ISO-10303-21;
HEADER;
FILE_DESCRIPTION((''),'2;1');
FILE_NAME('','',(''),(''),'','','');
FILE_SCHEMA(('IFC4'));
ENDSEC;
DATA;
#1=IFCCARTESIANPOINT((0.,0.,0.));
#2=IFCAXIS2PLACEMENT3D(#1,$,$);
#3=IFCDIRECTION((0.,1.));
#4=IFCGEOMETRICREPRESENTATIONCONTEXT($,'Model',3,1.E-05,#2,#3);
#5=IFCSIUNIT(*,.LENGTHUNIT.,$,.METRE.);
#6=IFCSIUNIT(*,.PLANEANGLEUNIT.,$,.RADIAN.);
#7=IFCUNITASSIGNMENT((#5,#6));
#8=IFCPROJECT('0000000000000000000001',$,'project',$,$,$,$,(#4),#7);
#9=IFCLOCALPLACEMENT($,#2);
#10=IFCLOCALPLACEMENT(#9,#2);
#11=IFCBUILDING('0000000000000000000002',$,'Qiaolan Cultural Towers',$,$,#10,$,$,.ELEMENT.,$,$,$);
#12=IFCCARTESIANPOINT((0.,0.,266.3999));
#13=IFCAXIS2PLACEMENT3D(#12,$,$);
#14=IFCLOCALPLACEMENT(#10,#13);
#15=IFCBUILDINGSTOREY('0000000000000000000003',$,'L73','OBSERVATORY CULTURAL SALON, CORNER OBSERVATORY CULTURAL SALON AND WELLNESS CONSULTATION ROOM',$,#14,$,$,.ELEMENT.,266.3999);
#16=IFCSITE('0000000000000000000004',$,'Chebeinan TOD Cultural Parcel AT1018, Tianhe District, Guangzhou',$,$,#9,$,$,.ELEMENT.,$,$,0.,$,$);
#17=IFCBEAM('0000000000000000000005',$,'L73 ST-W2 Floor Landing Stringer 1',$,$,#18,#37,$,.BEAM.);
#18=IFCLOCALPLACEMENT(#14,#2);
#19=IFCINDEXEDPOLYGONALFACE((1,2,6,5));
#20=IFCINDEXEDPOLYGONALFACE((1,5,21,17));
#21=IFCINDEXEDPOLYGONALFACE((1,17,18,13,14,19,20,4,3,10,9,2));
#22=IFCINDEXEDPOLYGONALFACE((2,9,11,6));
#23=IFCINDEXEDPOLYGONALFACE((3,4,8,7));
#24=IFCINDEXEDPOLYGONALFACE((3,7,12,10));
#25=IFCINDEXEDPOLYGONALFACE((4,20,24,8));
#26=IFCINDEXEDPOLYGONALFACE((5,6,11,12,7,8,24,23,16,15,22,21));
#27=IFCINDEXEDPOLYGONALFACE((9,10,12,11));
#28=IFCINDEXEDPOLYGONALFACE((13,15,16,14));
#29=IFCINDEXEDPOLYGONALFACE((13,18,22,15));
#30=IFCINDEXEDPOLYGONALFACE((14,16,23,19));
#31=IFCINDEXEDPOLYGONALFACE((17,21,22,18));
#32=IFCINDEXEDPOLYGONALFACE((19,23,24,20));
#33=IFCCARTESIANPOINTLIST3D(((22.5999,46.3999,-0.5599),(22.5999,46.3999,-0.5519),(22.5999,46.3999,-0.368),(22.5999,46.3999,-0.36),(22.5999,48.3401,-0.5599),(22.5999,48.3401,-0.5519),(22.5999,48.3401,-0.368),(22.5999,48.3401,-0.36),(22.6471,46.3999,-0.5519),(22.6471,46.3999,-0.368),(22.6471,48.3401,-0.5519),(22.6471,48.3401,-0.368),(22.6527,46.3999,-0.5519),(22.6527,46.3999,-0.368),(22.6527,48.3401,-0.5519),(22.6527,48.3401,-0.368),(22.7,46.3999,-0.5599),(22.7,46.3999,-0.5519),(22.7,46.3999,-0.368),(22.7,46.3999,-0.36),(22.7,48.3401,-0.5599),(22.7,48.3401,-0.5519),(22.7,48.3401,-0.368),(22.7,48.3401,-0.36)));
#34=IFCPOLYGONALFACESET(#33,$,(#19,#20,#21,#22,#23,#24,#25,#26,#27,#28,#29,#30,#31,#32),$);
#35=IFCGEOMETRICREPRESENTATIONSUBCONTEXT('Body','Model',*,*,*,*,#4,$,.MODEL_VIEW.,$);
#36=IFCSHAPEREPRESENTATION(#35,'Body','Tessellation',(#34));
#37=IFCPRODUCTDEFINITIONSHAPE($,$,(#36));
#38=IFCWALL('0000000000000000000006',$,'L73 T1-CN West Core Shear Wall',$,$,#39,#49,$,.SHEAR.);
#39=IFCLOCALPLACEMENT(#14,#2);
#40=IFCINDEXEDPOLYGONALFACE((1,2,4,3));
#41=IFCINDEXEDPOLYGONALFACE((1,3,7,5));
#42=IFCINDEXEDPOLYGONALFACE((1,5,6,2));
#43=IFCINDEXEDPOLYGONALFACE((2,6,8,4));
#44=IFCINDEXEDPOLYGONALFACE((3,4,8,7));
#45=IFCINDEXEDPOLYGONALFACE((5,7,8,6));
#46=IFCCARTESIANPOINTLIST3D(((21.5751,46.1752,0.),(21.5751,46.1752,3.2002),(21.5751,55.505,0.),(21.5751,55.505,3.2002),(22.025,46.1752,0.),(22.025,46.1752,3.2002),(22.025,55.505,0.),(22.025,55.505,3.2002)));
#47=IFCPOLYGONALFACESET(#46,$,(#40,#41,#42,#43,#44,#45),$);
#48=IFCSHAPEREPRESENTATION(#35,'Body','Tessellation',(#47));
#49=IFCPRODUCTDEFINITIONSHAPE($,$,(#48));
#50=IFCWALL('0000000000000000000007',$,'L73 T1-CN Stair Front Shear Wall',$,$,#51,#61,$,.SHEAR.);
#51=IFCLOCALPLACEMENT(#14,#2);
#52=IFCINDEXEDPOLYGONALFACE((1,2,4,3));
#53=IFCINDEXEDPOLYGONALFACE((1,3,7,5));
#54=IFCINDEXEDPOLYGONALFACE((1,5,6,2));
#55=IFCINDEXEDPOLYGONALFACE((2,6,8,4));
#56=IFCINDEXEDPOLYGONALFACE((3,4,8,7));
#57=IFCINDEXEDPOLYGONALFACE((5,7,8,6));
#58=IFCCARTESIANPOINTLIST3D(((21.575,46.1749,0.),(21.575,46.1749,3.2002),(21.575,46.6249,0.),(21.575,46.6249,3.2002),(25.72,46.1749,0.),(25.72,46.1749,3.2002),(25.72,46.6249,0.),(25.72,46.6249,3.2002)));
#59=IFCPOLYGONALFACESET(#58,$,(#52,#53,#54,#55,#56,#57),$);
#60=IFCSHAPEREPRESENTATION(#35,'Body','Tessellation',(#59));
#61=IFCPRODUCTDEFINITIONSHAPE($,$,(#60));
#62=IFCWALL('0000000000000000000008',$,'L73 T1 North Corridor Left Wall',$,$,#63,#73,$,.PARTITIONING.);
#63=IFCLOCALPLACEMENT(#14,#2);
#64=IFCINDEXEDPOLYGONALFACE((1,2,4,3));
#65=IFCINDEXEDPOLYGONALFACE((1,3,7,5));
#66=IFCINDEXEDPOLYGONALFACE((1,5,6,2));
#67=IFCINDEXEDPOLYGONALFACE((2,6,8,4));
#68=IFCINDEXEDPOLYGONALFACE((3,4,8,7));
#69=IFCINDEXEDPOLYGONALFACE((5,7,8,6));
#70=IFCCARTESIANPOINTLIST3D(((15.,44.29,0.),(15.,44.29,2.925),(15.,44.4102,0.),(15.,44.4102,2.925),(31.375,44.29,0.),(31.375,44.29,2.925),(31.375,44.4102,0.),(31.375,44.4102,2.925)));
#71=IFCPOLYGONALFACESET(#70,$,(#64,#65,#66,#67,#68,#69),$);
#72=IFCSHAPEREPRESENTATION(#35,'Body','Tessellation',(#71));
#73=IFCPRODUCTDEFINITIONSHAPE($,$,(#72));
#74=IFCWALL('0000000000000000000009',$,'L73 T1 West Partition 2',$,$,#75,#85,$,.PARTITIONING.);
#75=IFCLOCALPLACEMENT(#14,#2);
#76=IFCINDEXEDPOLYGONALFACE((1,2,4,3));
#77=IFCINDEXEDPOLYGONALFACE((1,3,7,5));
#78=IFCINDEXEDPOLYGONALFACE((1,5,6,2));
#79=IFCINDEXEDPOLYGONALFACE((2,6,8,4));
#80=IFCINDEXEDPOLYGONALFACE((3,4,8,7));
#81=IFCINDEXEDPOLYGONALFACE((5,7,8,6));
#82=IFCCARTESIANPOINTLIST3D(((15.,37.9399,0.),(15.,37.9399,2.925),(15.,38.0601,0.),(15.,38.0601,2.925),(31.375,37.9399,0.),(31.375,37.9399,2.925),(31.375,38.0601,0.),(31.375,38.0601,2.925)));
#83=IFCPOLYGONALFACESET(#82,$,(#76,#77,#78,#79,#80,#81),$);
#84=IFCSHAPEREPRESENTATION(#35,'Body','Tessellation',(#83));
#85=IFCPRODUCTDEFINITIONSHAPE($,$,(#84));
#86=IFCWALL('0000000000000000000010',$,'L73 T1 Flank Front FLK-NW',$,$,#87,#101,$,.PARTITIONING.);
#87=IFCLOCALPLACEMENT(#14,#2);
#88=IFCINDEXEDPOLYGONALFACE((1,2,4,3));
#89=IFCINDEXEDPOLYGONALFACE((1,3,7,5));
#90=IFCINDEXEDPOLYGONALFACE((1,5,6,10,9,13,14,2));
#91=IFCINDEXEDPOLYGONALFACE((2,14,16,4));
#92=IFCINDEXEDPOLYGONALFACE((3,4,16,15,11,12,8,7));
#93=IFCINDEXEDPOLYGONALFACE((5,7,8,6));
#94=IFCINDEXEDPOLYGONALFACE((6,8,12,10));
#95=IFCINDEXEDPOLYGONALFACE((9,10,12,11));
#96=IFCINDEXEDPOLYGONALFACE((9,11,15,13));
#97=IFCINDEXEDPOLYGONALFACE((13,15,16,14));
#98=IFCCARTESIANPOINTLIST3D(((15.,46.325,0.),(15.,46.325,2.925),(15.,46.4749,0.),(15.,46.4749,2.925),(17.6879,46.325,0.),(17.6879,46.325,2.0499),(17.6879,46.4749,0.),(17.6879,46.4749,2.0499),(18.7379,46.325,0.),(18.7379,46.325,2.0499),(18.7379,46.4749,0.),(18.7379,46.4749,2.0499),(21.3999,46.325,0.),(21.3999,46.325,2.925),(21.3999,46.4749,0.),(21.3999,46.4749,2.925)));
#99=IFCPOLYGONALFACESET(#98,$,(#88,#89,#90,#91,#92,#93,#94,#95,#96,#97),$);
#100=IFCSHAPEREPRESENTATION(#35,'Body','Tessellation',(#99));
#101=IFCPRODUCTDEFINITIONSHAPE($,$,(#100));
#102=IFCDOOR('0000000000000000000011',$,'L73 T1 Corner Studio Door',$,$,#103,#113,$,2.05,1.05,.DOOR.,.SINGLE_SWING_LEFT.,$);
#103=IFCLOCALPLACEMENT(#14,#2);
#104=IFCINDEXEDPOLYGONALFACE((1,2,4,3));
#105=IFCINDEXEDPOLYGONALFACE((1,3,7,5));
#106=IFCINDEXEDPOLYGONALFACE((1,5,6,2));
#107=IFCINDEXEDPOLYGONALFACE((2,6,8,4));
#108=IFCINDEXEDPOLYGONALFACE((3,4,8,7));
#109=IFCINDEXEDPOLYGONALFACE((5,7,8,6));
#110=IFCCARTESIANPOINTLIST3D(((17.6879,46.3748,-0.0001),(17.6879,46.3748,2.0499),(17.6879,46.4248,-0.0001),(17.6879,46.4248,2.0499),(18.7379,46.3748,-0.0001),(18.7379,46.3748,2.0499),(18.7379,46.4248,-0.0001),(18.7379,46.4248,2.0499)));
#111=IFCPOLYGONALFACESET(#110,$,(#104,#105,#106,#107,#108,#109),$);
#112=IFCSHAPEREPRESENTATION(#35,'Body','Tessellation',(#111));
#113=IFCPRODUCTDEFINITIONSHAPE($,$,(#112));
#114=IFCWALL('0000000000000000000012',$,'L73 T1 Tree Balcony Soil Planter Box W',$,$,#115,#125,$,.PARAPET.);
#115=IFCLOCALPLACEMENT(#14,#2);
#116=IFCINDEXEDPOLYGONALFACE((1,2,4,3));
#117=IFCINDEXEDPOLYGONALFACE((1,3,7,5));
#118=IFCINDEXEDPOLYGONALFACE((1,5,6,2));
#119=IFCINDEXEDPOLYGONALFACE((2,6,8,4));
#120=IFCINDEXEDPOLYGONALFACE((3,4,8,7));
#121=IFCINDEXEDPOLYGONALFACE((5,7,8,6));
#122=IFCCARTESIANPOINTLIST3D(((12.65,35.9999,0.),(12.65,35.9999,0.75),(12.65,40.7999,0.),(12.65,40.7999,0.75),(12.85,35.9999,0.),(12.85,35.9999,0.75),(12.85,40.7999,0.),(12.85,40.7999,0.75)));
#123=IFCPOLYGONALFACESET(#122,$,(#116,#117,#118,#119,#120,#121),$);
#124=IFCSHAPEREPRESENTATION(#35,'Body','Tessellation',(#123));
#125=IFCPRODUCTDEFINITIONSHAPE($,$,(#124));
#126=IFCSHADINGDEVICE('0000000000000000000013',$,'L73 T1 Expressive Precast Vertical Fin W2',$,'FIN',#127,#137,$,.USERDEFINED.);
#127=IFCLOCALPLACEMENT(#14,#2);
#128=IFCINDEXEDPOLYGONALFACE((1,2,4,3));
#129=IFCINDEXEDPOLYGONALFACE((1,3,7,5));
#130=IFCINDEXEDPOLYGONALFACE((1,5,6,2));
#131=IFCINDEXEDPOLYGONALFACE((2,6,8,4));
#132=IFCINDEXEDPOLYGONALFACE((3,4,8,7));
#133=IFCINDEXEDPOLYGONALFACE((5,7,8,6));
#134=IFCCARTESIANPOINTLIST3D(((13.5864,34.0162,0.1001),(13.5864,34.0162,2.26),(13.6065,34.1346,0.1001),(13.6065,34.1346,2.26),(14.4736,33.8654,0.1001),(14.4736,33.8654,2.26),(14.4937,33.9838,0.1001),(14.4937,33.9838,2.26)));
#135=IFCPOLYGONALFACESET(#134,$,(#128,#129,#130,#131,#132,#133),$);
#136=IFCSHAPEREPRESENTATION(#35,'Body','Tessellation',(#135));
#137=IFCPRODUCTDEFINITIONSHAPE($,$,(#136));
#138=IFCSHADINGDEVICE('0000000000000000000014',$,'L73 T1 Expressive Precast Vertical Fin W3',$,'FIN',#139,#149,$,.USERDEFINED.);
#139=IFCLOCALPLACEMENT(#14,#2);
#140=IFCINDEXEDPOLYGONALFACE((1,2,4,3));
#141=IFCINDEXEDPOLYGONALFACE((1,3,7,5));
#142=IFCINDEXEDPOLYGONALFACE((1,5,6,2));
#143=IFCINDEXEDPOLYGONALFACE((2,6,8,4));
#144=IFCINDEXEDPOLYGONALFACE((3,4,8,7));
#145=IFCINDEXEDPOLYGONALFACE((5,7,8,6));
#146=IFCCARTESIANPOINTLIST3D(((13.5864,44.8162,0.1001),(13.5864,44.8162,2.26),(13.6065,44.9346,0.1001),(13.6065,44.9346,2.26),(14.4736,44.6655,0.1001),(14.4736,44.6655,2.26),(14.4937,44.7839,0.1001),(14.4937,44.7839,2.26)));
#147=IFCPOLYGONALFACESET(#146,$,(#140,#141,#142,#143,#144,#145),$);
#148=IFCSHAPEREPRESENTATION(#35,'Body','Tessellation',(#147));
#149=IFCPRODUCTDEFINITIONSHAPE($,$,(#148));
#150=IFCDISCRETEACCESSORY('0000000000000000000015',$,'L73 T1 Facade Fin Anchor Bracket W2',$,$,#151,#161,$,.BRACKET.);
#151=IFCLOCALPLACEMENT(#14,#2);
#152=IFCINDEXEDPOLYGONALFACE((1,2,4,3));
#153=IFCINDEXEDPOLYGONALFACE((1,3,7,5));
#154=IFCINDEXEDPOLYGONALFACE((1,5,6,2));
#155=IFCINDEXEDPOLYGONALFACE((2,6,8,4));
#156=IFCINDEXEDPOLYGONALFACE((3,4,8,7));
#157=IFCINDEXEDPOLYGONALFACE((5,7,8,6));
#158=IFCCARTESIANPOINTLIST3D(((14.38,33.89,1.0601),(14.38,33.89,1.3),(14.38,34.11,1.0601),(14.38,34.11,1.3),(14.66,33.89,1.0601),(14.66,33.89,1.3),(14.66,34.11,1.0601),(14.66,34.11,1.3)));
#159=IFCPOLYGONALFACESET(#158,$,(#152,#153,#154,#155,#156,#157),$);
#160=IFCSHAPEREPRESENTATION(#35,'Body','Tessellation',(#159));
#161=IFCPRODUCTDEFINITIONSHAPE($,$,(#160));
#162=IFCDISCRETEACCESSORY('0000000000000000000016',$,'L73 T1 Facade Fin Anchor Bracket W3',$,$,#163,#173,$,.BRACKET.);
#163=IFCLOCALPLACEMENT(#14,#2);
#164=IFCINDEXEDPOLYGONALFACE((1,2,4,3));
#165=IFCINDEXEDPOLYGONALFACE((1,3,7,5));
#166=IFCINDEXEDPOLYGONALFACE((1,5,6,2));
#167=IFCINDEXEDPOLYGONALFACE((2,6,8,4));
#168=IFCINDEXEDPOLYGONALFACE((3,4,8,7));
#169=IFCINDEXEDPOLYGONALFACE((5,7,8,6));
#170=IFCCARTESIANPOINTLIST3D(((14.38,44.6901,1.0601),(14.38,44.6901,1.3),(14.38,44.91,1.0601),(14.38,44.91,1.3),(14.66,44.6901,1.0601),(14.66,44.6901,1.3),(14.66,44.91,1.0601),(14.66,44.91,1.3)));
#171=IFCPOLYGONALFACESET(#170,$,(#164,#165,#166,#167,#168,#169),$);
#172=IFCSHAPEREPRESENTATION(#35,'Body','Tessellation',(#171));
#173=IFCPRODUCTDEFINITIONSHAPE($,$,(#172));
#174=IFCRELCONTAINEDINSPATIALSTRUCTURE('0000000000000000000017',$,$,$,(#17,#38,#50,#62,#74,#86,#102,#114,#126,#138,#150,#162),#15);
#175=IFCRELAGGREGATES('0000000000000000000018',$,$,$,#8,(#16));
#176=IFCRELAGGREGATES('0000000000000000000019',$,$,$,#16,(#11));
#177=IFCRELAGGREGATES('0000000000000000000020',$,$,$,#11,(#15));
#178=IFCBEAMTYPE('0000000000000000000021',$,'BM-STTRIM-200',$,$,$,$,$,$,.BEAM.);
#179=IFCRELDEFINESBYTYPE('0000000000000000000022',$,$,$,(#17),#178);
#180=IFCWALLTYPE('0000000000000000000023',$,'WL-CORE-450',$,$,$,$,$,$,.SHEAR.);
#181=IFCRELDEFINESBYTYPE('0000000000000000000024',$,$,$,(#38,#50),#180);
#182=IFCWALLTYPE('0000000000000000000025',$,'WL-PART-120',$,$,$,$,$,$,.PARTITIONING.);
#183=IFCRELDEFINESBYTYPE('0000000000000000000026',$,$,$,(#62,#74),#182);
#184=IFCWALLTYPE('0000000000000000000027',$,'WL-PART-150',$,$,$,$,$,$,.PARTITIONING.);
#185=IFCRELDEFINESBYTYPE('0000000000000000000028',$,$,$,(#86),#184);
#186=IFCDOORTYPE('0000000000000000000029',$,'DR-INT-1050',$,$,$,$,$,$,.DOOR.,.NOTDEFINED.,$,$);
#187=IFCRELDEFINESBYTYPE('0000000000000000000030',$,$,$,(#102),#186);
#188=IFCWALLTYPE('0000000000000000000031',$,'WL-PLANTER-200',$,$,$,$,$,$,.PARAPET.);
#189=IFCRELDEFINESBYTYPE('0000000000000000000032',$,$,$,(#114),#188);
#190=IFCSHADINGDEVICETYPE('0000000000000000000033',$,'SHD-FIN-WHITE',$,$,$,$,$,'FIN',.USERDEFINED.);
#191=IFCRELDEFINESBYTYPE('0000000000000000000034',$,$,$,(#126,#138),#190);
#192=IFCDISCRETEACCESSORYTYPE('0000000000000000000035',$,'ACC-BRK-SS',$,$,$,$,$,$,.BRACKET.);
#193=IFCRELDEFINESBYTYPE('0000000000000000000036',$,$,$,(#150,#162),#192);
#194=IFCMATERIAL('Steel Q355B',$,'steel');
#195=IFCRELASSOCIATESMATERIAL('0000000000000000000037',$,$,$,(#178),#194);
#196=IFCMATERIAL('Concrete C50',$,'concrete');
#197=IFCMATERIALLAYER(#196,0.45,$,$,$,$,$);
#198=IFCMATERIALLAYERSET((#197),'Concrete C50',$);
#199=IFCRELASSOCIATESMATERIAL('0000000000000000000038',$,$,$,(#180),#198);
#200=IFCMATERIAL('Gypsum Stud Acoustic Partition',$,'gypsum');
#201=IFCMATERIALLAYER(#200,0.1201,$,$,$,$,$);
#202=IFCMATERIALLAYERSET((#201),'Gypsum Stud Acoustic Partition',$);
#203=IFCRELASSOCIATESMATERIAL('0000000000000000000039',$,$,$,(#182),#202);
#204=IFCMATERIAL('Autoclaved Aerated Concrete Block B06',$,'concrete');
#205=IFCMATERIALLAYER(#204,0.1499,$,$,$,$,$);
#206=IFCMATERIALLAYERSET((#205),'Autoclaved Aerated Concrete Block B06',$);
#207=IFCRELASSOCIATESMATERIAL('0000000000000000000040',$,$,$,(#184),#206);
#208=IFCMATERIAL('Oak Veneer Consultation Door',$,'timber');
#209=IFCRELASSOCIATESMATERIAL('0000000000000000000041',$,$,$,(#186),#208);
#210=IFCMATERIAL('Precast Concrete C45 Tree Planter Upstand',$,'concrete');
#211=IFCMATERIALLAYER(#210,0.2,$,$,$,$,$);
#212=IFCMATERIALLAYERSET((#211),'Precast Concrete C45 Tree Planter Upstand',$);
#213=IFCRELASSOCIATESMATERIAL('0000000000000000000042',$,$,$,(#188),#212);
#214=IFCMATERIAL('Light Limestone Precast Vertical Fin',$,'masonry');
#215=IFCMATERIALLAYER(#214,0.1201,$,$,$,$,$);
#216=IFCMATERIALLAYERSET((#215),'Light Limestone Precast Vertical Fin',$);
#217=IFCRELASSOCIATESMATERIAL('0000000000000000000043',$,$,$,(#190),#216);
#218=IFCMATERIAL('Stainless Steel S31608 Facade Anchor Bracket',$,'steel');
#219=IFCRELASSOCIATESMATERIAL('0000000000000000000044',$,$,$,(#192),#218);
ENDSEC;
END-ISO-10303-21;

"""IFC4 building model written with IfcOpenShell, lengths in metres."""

from ifc_helpers import new_model, si_unit, direction, frame, frame_2d, origin, origin_2d, place, context, subcontext, project, spatial, rectangle, i_section, extrude, material, layer, layer_set, material_profile, profile_set, type_object, element, fill, save


model = new_model("IFC4")

# Units and contexts
model_context = context("Model", 3, precision=1e-05, world=origin(), true_north=direction((0.0, 1.0)))
body_context = subcontext(model_context, "Body", "Model", "MODEL_VIEW")
ifc_project = project(units=[si_unit("LENGTHUNIT", "METRE"), si_unit("PLANEANGLEUNIT", "RADIAN")], contexts=[model_context])

# Site, building, storey
site_placement = place(None, origin())
site = spatial("IfcSite", under=ifc_project, at=site_placement, Name="Chebeinan TOD Cultural Parcel AT1018, Tianhe District, Guangzhou", CompositionType="ELEMENT", RefElevation=0.0)
building_placement = place(site_placement, origin())
building = spatial("IfcBuilding", under=site, at=building_placement, Name="Qiaolan Cultural Towers", CompositionType="ELEMENT")
storey_placement = place(building_placement, frame((0.0, 0.0, 266.3999)))
storey = spatial("IfcBuildingStorey", under=building, at=storey_placement, Name="L73", Description="OBSERVATORY CULTURAL SALON, CORNER OBSERVATORY CULTURAL SALON AND WELLNESS CONSULTATION ROOM", CompositionType="ELEMENT", Elevation=266.3999)

# Beam
ifc_material_1 = material(Name="Steel Q355B", Category="steel")
ifc_material_profile_1 = material_profile(ifc_material_1, i_section(OverallWidth=0.1001, OverallDepth=0.2, WebThickness=0.0056, FlangeThickness=0.0081, at=origin_2d()), Name="HN200x100x5.5x8")
ifc_profile_set_1 = profile_set([ifc_material_profile_1], Name="Steel Q355B")
beam_type_1 = type_object("IfcBeamType", Name="BM-STTRIM-200", PredefinedType="BEAM", material=ifc_profile_set_1)
beam_1_placement = place(storey_placement, frame((22.6499, 46.3999, -0.46), z_axis=(0.0, 1.0, 0.0), x_axis=(-1.0, 0.0, 0.0)))
element("IfcBeam", 1, at=beam_1_placement, inside=storey, type_object=beam_type_1, Name="L73 ST-W2 Floor Landing Stringer 1", PredefinedType="BEAM", context=body_context, shape_type="SweptSolid", body=[
    extrude(i_section(OverallWidth=0.1001, OverallDepth=0.2, WebThickness=0.0056, FlangeThickness=0.0081, at=origin_2d()), origin(), (0.0, 0.0, 1.0), 1.9402),
])

# Walls
ifc_material_2 = material(Name="Concrete C50", Category="concrete")
ifc_layer_1 = layer(ifc_material_2, 0.45)
ifc_layer_set_1 = layer_set([ifc_layer_1], Name="Concrete C50")
wall_type_1 = type_object("IfcWallType", Name="WL-CORE-450", PredefinedType="SHEAR", material=ifc_layer_set_1)
wall_1_placement = place(storey_placement, frame((21.8, 46.175, 0.0), z_axis=(0.0, 0.0, 1.0), x_axis=(0.0, 1.0, 0.0)))
element("IfcWall", 2, at=wall_1_placement, inside=storey, type_object=wall_type_1, Name="L73 T1-CN West Core Shear Wall", PredefinedType="SHEAR", context=body_context, shape_type="SweptSolid", body=[
    extrude(rectangle(XDim=9.3298, YDim=0.45, at=frame_2d((4.665, 0.0))), origin(), (0.0, 0.0, 1.0), 3.2002),
])
wall_2_placement = place(storey_placement, frame((21.575, 46.3999, 0.0), z_axis=(0.0, 0.0, 1.0), x_axis=(1.0, 0.0, 0.0)))
element("IfcWall", 3, at=wall_2_placement, inside=storey, type_object=wall_type_1, Name="L73 T1-CN Stair Front Shear Wall", PredefinedType="SHEAR", context=body_context, shape_type="SweptSolid", body=[
    extrude(rectangle(XDim=4.145, YDim=0.45, at=frame_2d((2.0725, 0.0))), origin(), (0.0, 0.0, 1.0), 3.2002),
])
ifc_material_3 = material(Name="Gypsum Stud Acoustic Partition", Category="gypsum")
ifc_layer_2 = layer(ifc_material_3, 0.1201)
ifc_layer_set_2 = layer_set([ifc_layer_2], Name="Gypsum Stud Acoustic Partition")
wall_type_2 = type_object("IfcWallType", Name="WL-PART-120", PredefinedType="PARTITIONING", material=ifc_layer_set_2)
for number, where, z_axis, x_axis, name in (
    (4, (15.0, 44.3501, 0.0), (0.0, 0.0, 1.0), (1.0, 0.0, 0.0), "L73 T1 North Corridor Left Wall"),
    (5, (15.0, 38.0, 0.0), (0.0, 0.0, 1.0), (1.0, 0.0, 0.0), "L73 T1 West Partition 2"),
):
    element("IfcWall", number, at=place(storey_placement, frame(where, z_axis=z_axis, x_axis=x_axis)), inside=storey, type_object=wall_type_2, Name=name, PredefinedType="PARTITIONING", context=body_context, shape_type="SweptSolid", body=[
        extrude(rectangle(XDim=16.375, YDim=0.1201, at=frame_2d((8.1875, 0.0))), origin(), (0.0, 0.0, 1.0), 2.925),
    ])

# Wall, opening, door
ifc_material_4 = material(Name="Autoclaved Aerated Concrete Block B06", Category="concrete")
ifc_layer_3 = layer(ifc_material_4, 0.1499)
ifc_layer_set_3 = layer_set([ifc_layer_3], Name="Autoclaved Aerated Concrete Block B06")
wall_type_3 = type_object("IfcWallType", Name="WL-PART-150", PredefinedType="PARTITIONING", material=ifc_layer_set_3)
wall_3_placement = place(storey_placement, frame((15.0, 46.3999, 0.0), z_axis=(0.0, 0.0, 1.0), x_axis=(1.0, 0.0, 0.0)))
wall_3 = element("IfcWall", 6, at=wall_3_placement, inside=storey, type_object=wall_type_3, Name="L73 T1 Flank Front FLK-NW", PredefinedType="PARTITIONING", context=body_context, shape_type="SweptSolid", body=[
    extrude(rectangle(XDim=6.3999, YDim=0.1499, at=frame_2d((3.2, 0.0))), origin(), (0.0, 0.0, 1.0), 2.925),
])
opening_placement = place(wall_3_placement, frame((2.688, 0.0, 0.0)))
opening = element("IfcOpeningElement", 7, at=opening_placement, cuts=wall_3, PredefinedType="OPENING", context=body_context, shape_type="SweptSolid", body=[
    extrude(rectangle(XDim=1.05, YDim=2.05, at=frame_2d((0.5249, 1.0249))), frame((0.0, 0.085, 0.0), z_axis=(0.0, -1.0, 0.0), x_axis=(1.0, 0.0, 0.0)), (0.0, 0.0, 1.0), 0.1699),
])
ifc_material_5 = material(Name="Oak Veneer Consultation Door", Category="timber")
door_type = type_object("IfcDoorType", Name="DR-INT-1050", OperationType="NOTDEFINED", PredefinedType="DOOR", material=ifc_material_5)
door_placement = place(opening_placement, origin())
door = element("IfcDoor", 8, at=door_placement, inside=storey, type_object=door_type, Name="L73 T1 Corner Studio Door", OperationType="SINGLE_SWING_LEFT", OverallHeight=2.05, OverallWidth=1.05, PredefinedType="DOOR", context=body_context, shape_type="SweptSolid", body=[
    extrude(rectangle(XDim=1.05, YDim=2.05, at=frame_2d((0.5249, 1.0249))), frame((0.0, 0.0249, 0.0), z_axis=(0.0, -1.0, 0.0), x_axis=(1.0, 0.0, 0.0)), (0.0, 0.0, 1.0), 0.05),
])
fill(opening, door)

# Wall
ifc_material_6 = material(Name="Precast Concrete C45 Tree Planter Upstand", Category="concrete")
ifc_layer_4 = layer(ifc_material_6, 0.2)
ifc_layer_set_4 = layer_set([ifc_layer_4], Name="Precast Concrete C45 Tree Planter Upstand")
wall_type_4 = type_object("IfcWallType", Name="WL-PLANTER-200", PredefinedType="PARAPET", material=ifc_layer_set_4)
wall_4_placement = place(storey_placement, frame((12.75, 36.0, 0.0), z_axis=(0.0, 0.0, 1.0), x_axis=(0.0, 1.0, 0.0)))
element("IfcWall", 9, at=wall_4_placement, inside=storey, type_object=wall_type_4, Name="L73 T1 Tree Balcony Soil Planter Box W", PredefinedType="PARAPET", context=body_context, shape_type="SweptSolid", body=[
    extrude(rectangle(XDim=4.8, YDim=0.2, at=frame_2d((2.3999, 0.0))), origin(), (0.0, 0.0, 1.0), 0.75),
])

# Shading devices
ifc_material_7 = material(Name="Light Limestone Precast Vertical Fin", Category="masonry")
ifc_layer_5 = layer(ifc_material_7, 0.1201)
ifc_layer_set_5 = layer_set([ifc_layer_5], Name="Light Limestone Precast Vertical Fin")
shading_device_type = type_object("IfcShadingDeviceType", Name="SHD-FIN-WHITE", ElementType="FIN", PredefinedType="USERDEFINED", material=ifc_layer_set_5)
for number, where, z_axis, x_axis, name in (
    (10, (14.04, 34.0, 0.1001), (0.0, 0.0, 1.0), (0.985874, -0.167488, 0.0), "L73 T1 Expressive Precast Vertical Fin W2"),
    (11, (14.04, 44.8, 0.1001), (0.0, 0.0, 1.0), (0.985874, -0.167488, 0.0), "L73 T1 Expressive Precast Vertical Fin W3"),
):
    element("IfcShadingDevice", number, at=place(storey_placement, frame(where, z_axis=z_axis, x_axis=x_axis)), inside=storey, type_object=shading_device_type, Name=name, ObjectType="FIN", PredefinedType="USERDEFINED", context=body_context, shape_type="SweptSolid", body=[
        extrude(rectangle(XDim=0.8999, YDim=0.1201, at=origin_2d()), origin(), (0.0, 0.0, 1.0), 2.1599),
    ])

# Discrete accessories
ifc_material_8 = material(Name="Stainless Steel S31608 Facade Anchor Bracket", Category="steel")
discrete_accessory_type = type_object("IfcDiscreteAccessoryType", Name="ACC-BRK-SS", PredefinedType="BRACKET", material=ifc_material_8)
for number, where, z_axis, x_axis, name in (
    (12, (14.52, 34.0, 1.0601), (0.0, 0.0, 1.0), (1.0, 0.0, 0.0), "L73 T1 Facade Fin Anchor Bracket W2"),
    (13, (14.52, 44.8, 1.0601), (0.0, 0.0, 1.0), (1.0, 0.0, 0.0), "L73 T1 Facade Fin Anchor Bracket W3"),
):
    element("IfcDiscreteAccessory", number, at=place(storey_placement, frame(where, z_axis=z_axis, x_axis=x_axis)), inside=storey, type_object=discrete_accessory_type, Name=name, PredefinedType="BRACKET", context=body_context, shape_type="SweptSolid", body=[
        extrude(rectangle(XDim=0.28, YDim=0.22, at=origin_2d()), origin(), (0.0, 0.0, 1.0), 0.24),
    ])

save(model, "model.ifc")
